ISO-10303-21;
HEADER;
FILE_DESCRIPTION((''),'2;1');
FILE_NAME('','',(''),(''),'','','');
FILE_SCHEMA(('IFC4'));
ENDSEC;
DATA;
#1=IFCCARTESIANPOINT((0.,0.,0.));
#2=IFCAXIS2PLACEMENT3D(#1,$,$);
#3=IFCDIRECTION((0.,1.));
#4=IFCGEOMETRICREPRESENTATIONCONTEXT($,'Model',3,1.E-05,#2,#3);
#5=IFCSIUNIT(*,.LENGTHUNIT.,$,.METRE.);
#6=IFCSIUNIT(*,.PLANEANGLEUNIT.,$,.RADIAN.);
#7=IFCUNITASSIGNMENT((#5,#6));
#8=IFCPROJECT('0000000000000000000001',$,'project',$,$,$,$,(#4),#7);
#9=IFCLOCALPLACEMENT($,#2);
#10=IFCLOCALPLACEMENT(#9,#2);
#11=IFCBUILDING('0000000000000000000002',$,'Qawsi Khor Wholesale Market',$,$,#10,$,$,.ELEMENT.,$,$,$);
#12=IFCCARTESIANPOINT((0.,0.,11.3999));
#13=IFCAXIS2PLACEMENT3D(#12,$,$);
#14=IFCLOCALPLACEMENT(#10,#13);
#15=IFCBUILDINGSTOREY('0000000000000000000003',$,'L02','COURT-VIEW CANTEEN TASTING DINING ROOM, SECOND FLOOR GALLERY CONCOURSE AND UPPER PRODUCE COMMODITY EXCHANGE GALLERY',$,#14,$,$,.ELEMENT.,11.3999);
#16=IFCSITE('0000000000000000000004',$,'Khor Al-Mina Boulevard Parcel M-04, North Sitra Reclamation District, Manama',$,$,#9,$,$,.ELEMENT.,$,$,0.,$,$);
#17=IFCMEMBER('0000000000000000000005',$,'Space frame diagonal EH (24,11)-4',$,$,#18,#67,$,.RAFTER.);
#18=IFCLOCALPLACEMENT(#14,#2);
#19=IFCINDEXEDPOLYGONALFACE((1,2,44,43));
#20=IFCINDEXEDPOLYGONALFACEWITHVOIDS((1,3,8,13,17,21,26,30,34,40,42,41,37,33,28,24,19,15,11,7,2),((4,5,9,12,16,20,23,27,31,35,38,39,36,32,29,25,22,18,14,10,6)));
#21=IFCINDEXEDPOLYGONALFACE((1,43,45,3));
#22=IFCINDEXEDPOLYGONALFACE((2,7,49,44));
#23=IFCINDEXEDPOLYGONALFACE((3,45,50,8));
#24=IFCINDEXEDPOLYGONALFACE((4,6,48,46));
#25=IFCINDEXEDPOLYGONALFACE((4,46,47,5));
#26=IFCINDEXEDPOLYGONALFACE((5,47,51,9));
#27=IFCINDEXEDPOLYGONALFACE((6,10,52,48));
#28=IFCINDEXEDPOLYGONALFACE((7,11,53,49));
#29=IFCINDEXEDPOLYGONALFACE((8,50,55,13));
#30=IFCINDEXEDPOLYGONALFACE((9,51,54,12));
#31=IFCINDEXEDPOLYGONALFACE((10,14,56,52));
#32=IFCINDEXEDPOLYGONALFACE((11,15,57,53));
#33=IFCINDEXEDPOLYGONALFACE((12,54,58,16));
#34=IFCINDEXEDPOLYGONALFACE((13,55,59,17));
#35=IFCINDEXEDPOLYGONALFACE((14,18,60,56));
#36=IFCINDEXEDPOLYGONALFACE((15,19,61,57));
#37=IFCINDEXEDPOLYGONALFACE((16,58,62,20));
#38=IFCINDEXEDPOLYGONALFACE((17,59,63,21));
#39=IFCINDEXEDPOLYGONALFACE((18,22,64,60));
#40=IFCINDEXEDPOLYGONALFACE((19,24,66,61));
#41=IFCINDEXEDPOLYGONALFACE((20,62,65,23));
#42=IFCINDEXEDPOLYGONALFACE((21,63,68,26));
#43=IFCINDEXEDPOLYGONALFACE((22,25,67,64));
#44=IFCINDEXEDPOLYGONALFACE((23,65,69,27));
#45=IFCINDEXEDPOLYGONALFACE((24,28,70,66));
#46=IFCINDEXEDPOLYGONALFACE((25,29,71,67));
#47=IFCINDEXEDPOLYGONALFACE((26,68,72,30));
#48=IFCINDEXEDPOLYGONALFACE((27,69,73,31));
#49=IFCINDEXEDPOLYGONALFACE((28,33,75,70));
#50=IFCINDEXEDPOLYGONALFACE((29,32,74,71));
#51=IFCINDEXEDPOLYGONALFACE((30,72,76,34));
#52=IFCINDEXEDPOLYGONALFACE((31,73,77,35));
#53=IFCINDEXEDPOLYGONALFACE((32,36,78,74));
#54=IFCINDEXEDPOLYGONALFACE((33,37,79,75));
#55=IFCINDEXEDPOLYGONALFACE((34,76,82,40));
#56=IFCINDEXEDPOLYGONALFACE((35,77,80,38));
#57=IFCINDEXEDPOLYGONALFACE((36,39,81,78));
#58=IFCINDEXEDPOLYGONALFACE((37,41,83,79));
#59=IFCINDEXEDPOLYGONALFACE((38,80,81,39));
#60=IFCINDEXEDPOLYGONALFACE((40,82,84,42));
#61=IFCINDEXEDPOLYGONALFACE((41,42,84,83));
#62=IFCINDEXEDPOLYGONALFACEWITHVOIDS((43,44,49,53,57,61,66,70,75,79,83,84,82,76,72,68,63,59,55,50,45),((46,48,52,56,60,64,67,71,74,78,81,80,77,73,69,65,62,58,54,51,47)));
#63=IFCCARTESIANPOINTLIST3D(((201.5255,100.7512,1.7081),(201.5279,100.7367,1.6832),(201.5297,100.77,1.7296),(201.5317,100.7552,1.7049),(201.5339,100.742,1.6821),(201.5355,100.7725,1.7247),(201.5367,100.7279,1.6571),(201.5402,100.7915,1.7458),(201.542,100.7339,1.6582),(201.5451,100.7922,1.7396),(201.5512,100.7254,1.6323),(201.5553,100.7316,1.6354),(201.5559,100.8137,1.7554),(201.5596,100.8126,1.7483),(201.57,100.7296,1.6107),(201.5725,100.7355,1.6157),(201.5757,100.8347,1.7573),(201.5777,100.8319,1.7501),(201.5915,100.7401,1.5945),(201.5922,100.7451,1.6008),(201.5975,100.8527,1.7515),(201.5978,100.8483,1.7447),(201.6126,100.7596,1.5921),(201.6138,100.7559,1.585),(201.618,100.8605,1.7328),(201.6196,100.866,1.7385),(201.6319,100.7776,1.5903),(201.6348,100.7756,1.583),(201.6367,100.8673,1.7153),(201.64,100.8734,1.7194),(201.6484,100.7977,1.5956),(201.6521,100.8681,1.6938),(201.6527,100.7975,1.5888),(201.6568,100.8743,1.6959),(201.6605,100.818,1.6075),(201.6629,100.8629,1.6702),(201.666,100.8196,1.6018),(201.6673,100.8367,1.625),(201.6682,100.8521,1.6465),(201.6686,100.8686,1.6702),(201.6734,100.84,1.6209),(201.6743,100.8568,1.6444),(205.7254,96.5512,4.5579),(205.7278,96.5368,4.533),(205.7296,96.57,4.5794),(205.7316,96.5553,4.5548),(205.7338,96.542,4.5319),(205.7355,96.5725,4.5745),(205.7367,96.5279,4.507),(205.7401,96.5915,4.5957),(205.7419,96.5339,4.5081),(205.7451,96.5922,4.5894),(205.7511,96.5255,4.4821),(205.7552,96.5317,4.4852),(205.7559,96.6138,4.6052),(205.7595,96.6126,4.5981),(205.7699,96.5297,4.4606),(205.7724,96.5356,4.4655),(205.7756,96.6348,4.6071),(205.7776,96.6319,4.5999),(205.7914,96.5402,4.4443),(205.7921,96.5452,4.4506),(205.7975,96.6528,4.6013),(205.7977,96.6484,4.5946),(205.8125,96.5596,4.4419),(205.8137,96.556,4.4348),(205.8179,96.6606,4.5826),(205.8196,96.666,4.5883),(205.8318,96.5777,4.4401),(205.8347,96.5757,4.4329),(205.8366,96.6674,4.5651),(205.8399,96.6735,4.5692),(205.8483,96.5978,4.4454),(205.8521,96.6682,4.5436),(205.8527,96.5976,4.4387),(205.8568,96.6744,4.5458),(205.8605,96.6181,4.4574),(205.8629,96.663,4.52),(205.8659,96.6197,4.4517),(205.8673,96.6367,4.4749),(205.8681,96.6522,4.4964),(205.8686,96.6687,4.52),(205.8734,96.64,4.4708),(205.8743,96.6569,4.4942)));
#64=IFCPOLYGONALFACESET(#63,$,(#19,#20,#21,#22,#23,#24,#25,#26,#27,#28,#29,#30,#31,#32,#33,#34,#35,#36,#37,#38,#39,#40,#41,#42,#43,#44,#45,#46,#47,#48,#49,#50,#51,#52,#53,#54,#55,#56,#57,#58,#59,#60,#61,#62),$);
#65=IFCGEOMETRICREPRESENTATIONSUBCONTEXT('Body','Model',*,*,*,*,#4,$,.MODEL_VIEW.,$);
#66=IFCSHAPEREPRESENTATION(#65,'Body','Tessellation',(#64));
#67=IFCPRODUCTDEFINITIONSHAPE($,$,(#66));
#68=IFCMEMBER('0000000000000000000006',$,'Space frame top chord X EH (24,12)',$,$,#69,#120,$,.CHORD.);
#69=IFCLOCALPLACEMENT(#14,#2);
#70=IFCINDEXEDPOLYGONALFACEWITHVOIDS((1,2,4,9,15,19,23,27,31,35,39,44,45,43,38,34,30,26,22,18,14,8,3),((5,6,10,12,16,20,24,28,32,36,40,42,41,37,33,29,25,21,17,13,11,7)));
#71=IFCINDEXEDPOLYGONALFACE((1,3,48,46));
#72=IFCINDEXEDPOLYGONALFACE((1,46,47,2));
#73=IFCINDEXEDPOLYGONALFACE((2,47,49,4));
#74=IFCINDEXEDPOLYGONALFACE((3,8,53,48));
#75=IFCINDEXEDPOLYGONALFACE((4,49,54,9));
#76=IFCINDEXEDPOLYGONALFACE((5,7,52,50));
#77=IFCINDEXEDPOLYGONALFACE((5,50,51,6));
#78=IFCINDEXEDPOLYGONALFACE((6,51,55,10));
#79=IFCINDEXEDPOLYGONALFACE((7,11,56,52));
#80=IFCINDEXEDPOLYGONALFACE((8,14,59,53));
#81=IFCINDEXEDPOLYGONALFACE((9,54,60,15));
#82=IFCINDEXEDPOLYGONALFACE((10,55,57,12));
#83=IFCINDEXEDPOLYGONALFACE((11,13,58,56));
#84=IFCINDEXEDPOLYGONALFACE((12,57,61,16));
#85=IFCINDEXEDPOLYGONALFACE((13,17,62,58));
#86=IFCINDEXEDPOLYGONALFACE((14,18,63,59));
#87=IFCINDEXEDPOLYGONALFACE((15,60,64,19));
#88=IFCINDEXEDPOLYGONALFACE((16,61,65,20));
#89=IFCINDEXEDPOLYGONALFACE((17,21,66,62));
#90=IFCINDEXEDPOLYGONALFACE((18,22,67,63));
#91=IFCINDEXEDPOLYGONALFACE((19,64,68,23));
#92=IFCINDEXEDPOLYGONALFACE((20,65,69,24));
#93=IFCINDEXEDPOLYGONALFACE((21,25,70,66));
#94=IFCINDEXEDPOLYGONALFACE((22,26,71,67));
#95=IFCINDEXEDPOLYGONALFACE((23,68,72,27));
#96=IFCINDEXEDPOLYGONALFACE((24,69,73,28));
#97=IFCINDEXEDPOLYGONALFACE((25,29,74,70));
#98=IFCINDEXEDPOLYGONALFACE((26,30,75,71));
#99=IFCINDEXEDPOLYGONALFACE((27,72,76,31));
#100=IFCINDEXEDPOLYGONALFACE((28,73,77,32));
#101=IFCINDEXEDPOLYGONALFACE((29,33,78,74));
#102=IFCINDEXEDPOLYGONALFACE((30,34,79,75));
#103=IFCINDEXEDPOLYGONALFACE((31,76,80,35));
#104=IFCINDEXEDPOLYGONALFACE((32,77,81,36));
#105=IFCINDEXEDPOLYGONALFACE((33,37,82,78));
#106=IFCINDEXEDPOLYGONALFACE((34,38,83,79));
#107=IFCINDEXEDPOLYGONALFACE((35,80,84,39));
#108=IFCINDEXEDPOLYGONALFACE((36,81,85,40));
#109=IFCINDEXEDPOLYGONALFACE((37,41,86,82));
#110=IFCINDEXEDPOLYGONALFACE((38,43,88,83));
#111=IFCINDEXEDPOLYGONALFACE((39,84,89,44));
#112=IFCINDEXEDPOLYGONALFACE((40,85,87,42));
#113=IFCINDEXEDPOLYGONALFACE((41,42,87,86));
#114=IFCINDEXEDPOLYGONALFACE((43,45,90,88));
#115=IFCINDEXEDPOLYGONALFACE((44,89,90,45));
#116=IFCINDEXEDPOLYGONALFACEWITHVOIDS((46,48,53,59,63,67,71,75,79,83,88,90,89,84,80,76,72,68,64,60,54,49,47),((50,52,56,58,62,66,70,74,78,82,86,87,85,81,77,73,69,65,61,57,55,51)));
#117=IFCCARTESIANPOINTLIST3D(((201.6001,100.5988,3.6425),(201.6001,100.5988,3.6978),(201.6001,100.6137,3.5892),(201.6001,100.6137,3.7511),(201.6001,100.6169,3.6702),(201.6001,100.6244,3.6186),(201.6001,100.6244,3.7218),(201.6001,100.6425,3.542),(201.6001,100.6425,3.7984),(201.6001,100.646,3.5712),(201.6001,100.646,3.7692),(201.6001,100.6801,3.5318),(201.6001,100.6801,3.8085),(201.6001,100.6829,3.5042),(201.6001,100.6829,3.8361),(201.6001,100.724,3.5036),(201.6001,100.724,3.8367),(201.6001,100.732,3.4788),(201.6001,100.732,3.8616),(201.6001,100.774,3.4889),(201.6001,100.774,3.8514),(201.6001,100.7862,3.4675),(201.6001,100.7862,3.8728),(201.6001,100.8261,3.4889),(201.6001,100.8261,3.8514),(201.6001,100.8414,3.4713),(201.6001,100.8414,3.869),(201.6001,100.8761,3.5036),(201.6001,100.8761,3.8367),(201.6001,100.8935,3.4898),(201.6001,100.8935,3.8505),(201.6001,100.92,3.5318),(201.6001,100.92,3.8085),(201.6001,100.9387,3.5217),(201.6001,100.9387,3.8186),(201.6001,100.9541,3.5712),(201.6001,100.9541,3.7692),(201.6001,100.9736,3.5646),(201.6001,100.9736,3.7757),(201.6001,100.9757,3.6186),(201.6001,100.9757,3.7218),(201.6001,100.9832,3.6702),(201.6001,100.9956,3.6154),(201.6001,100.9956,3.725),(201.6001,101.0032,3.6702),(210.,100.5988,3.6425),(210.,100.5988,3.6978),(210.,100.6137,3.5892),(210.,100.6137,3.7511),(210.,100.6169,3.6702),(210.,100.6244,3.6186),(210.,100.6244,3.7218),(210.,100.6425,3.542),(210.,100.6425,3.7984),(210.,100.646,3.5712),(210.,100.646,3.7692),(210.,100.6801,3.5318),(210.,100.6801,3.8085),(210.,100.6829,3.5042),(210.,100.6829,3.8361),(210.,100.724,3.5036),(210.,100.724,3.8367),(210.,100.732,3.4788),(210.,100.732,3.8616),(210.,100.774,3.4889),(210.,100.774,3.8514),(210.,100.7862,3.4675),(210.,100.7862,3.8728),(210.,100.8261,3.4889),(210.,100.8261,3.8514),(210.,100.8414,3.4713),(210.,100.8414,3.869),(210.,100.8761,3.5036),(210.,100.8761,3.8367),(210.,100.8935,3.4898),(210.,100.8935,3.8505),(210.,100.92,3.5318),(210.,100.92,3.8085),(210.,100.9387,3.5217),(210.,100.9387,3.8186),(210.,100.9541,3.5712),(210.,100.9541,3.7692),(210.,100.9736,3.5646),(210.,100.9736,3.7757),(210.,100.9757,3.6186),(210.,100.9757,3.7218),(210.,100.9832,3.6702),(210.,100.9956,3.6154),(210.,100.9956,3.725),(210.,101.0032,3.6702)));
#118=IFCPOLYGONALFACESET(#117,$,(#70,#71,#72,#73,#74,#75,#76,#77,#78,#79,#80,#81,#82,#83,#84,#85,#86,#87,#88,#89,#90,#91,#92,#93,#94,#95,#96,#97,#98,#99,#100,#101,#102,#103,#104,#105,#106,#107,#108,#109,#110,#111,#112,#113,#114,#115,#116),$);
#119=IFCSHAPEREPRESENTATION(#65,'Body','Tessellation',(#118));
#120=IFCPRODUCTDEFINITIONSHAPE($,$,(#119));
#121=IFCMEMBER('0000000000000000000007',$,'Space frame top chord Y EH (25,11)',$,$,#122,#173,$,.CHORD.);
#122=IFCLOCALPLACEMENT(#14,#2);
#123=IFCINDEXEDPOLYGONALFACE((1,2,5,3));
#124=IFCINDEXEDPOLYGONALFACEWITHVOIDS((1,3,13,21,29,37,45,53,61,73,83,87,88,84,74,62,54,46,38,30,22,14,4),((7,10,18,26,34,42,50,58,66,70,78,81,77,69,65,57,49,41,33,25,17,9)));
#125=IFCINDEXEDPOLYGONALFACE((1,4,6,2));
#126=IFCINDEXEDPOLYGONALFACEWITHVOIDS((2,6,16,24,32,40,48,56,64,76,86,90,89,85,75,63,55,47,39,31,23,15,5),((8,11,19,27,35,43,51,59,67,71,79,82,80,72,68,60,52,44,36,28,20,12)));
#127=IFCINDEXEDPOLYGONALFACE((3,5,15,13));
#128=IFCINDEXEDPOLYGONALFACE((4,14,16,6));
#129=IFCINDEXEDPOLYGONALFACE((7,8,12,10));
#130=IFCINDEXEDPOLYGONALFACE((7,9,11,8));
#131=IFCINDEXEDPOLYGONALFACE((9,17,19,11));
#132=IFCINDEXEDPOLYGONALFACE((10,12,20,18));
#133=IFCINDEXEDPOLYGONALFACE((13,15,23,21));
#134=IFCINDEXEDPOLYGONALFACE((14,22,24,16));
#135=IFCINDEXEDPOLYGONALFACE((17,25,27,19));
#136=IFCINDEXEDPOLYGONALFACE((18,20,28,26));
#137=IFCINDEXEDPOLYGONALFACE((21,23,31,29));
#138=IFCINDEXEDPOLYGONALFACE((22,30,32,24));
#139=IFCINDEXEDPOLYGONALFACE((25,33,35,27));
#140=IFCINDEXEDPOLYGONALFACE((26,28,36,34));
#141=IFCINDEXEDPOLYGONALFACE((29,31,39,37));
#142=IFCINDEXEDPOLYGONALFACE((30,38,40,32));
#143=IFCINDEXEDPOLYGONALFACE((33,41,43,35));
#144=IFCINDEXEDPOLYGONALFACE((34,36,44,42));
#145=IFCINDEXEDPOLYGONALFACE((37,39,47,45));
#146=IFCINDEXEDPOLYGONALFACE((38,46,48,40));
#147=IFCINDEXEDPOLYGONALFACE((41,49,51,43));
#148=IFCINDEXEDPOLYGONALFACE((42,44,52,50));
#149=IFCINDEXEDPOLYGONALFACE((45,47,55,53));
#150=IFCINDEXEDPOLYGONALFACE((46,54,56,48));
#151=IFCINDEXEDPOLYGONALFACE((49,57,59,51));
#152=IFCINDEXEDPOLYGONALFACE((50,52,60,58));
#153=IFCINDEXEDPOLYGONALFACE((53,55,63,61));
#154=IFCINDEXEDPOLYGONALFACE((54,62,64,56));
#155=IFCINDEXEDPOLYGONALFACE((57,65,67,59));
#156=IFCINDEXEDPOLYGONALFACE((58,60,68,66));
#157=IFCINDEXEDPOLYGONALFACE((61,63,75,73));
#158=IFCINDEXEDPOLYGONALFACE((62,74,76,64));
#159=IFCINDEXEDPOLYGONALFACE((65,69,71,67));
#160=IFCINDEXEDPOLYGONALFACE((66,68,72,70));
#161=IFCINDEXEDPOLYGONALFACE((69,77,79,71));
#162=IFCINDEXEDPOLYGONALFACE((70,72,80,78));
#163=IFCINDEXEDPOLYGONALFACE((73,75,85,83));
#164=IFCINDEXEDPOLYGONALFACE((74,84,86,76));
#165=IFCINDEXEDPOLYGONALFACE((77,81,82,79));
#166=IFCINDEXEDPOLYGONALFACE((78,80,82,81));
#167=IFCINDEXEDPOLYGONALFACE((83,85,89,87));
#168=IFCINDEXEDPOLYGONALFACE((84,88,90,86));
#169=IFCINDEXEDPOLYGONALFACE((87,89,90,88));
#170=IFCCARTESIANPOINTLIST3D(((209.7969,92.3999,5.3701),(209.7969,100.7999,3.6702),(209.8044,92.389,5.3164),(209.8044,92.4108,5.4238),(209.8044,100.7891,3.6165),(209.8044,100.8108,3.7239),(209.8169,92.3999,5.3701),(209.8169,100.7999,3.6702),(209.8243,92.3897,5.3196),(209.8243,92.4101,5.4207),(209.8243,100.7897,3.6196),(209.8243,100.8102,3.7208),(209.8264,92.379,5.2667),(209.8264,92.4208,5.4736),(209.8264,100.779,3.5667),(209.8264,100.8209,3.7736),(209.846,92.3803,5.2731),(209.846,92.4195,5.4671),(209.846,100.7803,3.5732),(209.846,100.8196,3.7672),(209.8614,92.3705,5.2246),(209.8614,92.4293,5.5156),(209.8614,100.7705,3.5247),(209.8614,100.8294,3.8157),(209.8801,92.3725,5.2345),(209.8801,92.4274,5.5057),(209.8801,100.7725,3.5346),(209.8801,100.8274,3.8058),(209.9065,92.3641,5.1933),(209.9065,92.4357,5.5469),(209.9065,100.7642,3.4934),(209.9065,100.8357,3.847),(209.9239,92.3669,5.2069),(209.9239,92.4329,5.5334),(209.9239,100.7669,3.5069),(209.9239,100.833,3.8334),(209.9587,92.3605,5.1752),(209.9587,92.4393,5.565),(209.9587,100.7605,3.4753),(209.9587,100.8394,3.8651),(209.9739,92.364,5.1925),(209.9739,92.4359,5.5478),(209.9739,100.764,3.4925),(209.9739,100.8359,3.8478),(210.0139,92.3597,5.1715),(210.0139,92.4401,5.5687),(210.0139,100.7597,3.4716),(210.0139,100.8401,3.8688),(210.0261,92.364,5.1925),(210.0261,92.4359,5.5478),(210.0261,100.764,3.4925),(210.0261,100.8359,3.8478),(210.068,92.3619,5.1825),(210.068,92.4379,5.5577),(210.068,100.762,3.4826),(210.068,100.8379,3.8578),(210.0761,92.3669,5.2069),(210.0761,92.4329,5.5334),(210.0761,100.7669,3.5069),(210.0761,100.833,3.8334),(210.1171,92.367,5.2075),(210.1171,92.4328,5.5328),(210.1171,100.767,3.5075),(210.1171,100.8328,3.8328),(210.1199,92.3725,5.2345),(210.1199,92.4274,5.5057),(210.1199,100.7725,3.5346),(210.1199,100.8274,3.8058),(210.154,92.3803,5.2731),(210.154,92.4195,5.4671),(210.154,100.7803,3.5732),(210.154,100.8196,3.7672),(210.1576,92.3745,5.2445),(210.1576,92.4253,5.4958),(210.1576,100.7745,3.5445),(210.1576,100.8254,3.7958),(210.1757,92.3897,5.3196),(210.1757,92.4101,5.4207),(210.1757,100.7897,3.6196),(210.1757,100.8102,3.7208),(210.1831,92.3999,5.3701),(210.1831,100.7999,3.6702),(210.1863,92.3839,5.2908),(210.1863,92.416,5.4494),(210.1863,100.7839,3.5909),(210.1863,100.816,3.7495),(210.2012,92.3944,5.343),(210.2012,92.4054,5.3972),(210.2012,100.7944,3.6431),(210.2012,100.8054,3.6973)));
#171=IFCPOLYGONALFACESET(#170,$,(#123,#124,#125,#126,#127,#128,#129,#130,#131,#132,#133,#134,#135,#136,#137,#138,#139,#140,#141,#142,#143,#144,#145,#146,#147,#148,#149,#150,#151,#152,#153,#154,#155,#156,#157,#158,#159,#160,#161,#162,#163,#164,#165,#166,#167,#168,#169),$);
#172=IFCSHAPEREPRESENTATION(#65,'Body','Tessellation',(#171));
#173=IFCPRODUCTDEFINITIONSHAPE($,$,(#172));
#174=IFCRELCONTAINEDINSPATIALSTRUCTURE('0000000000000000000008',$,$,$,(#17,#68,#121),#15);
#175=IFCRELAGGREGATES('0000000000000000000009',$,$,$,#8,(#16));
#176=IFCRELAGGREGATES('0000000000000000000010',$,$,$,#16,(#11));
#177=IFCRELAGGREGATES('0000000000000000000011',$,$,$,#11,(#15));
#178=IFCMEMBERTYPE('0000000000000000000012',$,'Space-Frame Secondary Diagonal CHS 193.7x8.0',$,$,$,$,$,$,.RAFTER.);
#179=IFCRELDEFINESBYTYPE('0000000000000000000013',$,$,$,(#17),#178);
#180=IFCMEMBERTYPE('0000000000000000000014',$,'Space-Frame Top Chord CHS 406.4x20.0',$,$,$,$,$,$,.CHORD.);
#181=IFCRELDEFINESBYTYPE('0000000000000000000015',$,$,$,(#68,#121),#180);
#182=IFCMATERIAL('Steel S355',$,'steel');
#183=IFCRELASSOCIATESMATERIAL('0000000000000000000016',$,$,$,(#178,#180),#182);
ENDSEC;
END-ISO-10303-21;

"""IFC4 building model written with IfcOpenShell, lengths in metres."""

from ifc_helpers import new_model, si_unit, direction, frame, origin, origin_2d, place, context, subcontext, project, spatial, hollow_circle, extrude, material, material_profile, profile_set, type_object, element, save


model = new_model("IFC4")

# Units and contexts
model_context = context("Model", 3, precision=1e-05, world=origin(), true_north=direction((0.0, 1.0)))
body_context = subcontext(model_context, "Body", "Model", "MODEL_VIEW")
ifc_project = project(units=[si_unit("LENGTHUNIT", "METRE"), si_unit("PLANEANGLEUNIT", "RADIAN")], contexts=[model_context])

# Site, building, storey
site_placement = place(None, origin())
site = spatial("IfcSite", under=ifc_project, at=site_placement, Name="Khor Al-Mina Boulevard Parcel M-04, North Sitra Reclamation District, Manama", CompositionType="ELEMENT", RefElevation=0.0)
building_placement = place(site_placement, origin())
building = spatial("IfcBuilding", under=site, at=building_placement, Name="Qawsi Khor Wholesale Market", CompositionType="ELEMENT")
storey_placement = place(building_placement, frame((0.0, 0.0, 11.3999)))
storey = spatial("IfcBuildingStorey", under=building, at=storey_placement, Name="L02", Description="COURT-VIEW CANTEEN TASTING DINING ROOM, SECOND FLOOR GALLERY CONCOURSE AND UPPER PRODUCE COMMODITY EXCHANGE GALLERY", CompositionType="ELEMENT", Elevation=11.3999)

# Members
ifc_material_1 = material(Name="Steel S355", Category="steel")
ifc_material_profile_1 = material_profile(ifc_material_1, hollow_circle(Radius=0.0969, WallThickness=0.0081, at=origin_2d()), Name="CHS 193.7x8.0")
ifc_profile_set_1 = profile_set([ifc_material_profile_1], Name="Steel S355")
member_type_1 = type_object("IfcMemberType", Name="Space-Frame Secondary Diagonal CHS 193.7x8.0", PredefinedType="RAFTER", material=ifc_profile_set_1)
member_1_placement = place(storey_placement, frame((201.6001, 100.8, 1.6702), z_axis=(0.637522, -0.637522, 0.432587), x_axis=(0.707107, 0.707107, 0.0)))
element("IfcMember", 1, at=member_1_placement, inside=storey, type_object=member_type_1, Name="Space frame diagonal EH (24,11)-4", PredefinedType="RAFTER", context=body_context, shape_type="SweptSolid", body=[
    extrude(hollow_circle(Radius=0.0969, WallThickness=0.0081, at=origin_2d()), origin(), (0.0, 0.0, 1.0), 6.5879),
])
ifc_material_profile_2 = material_profile(ifc_material_1, hollow_circle(Radius=0.2031, WallThickness=0.02, at=origin_2d()), Name="CHS 406.4x20.0")
ifc_profile_set_2 = profile_set([ifc_material_profile_2], Name="Steel S355")
member_type_2 = type_object("IfcMemberType", Name="Space-Frame Top Chord CHS 406.4x20.0", PredefinedType="CHORD", material=ifc_profile_set_2)
member_2_placement = place(storey_placement, frame((201.6001, 100.8, 3.6702), z_axis=(1.0, 0.0, 0.0), x_axis=(0.0, 1.0, 0.0)))
element("IfcMember", 2, at=member_2_placement, inside=storey, type_object=member_type_2, Name="Space frame top chord X EH (24,12)", PredefinedType="CHORD", context=body_context, shape_type="SweptSolid", body=[
    extrude(hollow_circle(Radius=0.2031, WallThickness=0.02, at=origin_2d()), origin(), (0.0, 0.0, 1.0), 8.3999),
])
member_3_placement = place(storey_placement, frame((210.0, 92.3999, 5.3701), z_axis=(0.0, 0.980131, -0.198351), x_axis=(-1.0, 0.0, 0.0)))
element("IfcMember", 3, at=member_3_placement, inside=storey, type_object=member_type_2, Name="Space frame top chord Y EH (25,11)", PredefinedType="CHORD", context=body_context, shape_type="SweptSolid", body=[
    extrude(hollow_circle(Radius=0.2031, WallThickness=0.02, at=origin_2d()), origin(), (0.0, 0.0, 1.0), 8.5703),
])

save(model, "model.ifc")
